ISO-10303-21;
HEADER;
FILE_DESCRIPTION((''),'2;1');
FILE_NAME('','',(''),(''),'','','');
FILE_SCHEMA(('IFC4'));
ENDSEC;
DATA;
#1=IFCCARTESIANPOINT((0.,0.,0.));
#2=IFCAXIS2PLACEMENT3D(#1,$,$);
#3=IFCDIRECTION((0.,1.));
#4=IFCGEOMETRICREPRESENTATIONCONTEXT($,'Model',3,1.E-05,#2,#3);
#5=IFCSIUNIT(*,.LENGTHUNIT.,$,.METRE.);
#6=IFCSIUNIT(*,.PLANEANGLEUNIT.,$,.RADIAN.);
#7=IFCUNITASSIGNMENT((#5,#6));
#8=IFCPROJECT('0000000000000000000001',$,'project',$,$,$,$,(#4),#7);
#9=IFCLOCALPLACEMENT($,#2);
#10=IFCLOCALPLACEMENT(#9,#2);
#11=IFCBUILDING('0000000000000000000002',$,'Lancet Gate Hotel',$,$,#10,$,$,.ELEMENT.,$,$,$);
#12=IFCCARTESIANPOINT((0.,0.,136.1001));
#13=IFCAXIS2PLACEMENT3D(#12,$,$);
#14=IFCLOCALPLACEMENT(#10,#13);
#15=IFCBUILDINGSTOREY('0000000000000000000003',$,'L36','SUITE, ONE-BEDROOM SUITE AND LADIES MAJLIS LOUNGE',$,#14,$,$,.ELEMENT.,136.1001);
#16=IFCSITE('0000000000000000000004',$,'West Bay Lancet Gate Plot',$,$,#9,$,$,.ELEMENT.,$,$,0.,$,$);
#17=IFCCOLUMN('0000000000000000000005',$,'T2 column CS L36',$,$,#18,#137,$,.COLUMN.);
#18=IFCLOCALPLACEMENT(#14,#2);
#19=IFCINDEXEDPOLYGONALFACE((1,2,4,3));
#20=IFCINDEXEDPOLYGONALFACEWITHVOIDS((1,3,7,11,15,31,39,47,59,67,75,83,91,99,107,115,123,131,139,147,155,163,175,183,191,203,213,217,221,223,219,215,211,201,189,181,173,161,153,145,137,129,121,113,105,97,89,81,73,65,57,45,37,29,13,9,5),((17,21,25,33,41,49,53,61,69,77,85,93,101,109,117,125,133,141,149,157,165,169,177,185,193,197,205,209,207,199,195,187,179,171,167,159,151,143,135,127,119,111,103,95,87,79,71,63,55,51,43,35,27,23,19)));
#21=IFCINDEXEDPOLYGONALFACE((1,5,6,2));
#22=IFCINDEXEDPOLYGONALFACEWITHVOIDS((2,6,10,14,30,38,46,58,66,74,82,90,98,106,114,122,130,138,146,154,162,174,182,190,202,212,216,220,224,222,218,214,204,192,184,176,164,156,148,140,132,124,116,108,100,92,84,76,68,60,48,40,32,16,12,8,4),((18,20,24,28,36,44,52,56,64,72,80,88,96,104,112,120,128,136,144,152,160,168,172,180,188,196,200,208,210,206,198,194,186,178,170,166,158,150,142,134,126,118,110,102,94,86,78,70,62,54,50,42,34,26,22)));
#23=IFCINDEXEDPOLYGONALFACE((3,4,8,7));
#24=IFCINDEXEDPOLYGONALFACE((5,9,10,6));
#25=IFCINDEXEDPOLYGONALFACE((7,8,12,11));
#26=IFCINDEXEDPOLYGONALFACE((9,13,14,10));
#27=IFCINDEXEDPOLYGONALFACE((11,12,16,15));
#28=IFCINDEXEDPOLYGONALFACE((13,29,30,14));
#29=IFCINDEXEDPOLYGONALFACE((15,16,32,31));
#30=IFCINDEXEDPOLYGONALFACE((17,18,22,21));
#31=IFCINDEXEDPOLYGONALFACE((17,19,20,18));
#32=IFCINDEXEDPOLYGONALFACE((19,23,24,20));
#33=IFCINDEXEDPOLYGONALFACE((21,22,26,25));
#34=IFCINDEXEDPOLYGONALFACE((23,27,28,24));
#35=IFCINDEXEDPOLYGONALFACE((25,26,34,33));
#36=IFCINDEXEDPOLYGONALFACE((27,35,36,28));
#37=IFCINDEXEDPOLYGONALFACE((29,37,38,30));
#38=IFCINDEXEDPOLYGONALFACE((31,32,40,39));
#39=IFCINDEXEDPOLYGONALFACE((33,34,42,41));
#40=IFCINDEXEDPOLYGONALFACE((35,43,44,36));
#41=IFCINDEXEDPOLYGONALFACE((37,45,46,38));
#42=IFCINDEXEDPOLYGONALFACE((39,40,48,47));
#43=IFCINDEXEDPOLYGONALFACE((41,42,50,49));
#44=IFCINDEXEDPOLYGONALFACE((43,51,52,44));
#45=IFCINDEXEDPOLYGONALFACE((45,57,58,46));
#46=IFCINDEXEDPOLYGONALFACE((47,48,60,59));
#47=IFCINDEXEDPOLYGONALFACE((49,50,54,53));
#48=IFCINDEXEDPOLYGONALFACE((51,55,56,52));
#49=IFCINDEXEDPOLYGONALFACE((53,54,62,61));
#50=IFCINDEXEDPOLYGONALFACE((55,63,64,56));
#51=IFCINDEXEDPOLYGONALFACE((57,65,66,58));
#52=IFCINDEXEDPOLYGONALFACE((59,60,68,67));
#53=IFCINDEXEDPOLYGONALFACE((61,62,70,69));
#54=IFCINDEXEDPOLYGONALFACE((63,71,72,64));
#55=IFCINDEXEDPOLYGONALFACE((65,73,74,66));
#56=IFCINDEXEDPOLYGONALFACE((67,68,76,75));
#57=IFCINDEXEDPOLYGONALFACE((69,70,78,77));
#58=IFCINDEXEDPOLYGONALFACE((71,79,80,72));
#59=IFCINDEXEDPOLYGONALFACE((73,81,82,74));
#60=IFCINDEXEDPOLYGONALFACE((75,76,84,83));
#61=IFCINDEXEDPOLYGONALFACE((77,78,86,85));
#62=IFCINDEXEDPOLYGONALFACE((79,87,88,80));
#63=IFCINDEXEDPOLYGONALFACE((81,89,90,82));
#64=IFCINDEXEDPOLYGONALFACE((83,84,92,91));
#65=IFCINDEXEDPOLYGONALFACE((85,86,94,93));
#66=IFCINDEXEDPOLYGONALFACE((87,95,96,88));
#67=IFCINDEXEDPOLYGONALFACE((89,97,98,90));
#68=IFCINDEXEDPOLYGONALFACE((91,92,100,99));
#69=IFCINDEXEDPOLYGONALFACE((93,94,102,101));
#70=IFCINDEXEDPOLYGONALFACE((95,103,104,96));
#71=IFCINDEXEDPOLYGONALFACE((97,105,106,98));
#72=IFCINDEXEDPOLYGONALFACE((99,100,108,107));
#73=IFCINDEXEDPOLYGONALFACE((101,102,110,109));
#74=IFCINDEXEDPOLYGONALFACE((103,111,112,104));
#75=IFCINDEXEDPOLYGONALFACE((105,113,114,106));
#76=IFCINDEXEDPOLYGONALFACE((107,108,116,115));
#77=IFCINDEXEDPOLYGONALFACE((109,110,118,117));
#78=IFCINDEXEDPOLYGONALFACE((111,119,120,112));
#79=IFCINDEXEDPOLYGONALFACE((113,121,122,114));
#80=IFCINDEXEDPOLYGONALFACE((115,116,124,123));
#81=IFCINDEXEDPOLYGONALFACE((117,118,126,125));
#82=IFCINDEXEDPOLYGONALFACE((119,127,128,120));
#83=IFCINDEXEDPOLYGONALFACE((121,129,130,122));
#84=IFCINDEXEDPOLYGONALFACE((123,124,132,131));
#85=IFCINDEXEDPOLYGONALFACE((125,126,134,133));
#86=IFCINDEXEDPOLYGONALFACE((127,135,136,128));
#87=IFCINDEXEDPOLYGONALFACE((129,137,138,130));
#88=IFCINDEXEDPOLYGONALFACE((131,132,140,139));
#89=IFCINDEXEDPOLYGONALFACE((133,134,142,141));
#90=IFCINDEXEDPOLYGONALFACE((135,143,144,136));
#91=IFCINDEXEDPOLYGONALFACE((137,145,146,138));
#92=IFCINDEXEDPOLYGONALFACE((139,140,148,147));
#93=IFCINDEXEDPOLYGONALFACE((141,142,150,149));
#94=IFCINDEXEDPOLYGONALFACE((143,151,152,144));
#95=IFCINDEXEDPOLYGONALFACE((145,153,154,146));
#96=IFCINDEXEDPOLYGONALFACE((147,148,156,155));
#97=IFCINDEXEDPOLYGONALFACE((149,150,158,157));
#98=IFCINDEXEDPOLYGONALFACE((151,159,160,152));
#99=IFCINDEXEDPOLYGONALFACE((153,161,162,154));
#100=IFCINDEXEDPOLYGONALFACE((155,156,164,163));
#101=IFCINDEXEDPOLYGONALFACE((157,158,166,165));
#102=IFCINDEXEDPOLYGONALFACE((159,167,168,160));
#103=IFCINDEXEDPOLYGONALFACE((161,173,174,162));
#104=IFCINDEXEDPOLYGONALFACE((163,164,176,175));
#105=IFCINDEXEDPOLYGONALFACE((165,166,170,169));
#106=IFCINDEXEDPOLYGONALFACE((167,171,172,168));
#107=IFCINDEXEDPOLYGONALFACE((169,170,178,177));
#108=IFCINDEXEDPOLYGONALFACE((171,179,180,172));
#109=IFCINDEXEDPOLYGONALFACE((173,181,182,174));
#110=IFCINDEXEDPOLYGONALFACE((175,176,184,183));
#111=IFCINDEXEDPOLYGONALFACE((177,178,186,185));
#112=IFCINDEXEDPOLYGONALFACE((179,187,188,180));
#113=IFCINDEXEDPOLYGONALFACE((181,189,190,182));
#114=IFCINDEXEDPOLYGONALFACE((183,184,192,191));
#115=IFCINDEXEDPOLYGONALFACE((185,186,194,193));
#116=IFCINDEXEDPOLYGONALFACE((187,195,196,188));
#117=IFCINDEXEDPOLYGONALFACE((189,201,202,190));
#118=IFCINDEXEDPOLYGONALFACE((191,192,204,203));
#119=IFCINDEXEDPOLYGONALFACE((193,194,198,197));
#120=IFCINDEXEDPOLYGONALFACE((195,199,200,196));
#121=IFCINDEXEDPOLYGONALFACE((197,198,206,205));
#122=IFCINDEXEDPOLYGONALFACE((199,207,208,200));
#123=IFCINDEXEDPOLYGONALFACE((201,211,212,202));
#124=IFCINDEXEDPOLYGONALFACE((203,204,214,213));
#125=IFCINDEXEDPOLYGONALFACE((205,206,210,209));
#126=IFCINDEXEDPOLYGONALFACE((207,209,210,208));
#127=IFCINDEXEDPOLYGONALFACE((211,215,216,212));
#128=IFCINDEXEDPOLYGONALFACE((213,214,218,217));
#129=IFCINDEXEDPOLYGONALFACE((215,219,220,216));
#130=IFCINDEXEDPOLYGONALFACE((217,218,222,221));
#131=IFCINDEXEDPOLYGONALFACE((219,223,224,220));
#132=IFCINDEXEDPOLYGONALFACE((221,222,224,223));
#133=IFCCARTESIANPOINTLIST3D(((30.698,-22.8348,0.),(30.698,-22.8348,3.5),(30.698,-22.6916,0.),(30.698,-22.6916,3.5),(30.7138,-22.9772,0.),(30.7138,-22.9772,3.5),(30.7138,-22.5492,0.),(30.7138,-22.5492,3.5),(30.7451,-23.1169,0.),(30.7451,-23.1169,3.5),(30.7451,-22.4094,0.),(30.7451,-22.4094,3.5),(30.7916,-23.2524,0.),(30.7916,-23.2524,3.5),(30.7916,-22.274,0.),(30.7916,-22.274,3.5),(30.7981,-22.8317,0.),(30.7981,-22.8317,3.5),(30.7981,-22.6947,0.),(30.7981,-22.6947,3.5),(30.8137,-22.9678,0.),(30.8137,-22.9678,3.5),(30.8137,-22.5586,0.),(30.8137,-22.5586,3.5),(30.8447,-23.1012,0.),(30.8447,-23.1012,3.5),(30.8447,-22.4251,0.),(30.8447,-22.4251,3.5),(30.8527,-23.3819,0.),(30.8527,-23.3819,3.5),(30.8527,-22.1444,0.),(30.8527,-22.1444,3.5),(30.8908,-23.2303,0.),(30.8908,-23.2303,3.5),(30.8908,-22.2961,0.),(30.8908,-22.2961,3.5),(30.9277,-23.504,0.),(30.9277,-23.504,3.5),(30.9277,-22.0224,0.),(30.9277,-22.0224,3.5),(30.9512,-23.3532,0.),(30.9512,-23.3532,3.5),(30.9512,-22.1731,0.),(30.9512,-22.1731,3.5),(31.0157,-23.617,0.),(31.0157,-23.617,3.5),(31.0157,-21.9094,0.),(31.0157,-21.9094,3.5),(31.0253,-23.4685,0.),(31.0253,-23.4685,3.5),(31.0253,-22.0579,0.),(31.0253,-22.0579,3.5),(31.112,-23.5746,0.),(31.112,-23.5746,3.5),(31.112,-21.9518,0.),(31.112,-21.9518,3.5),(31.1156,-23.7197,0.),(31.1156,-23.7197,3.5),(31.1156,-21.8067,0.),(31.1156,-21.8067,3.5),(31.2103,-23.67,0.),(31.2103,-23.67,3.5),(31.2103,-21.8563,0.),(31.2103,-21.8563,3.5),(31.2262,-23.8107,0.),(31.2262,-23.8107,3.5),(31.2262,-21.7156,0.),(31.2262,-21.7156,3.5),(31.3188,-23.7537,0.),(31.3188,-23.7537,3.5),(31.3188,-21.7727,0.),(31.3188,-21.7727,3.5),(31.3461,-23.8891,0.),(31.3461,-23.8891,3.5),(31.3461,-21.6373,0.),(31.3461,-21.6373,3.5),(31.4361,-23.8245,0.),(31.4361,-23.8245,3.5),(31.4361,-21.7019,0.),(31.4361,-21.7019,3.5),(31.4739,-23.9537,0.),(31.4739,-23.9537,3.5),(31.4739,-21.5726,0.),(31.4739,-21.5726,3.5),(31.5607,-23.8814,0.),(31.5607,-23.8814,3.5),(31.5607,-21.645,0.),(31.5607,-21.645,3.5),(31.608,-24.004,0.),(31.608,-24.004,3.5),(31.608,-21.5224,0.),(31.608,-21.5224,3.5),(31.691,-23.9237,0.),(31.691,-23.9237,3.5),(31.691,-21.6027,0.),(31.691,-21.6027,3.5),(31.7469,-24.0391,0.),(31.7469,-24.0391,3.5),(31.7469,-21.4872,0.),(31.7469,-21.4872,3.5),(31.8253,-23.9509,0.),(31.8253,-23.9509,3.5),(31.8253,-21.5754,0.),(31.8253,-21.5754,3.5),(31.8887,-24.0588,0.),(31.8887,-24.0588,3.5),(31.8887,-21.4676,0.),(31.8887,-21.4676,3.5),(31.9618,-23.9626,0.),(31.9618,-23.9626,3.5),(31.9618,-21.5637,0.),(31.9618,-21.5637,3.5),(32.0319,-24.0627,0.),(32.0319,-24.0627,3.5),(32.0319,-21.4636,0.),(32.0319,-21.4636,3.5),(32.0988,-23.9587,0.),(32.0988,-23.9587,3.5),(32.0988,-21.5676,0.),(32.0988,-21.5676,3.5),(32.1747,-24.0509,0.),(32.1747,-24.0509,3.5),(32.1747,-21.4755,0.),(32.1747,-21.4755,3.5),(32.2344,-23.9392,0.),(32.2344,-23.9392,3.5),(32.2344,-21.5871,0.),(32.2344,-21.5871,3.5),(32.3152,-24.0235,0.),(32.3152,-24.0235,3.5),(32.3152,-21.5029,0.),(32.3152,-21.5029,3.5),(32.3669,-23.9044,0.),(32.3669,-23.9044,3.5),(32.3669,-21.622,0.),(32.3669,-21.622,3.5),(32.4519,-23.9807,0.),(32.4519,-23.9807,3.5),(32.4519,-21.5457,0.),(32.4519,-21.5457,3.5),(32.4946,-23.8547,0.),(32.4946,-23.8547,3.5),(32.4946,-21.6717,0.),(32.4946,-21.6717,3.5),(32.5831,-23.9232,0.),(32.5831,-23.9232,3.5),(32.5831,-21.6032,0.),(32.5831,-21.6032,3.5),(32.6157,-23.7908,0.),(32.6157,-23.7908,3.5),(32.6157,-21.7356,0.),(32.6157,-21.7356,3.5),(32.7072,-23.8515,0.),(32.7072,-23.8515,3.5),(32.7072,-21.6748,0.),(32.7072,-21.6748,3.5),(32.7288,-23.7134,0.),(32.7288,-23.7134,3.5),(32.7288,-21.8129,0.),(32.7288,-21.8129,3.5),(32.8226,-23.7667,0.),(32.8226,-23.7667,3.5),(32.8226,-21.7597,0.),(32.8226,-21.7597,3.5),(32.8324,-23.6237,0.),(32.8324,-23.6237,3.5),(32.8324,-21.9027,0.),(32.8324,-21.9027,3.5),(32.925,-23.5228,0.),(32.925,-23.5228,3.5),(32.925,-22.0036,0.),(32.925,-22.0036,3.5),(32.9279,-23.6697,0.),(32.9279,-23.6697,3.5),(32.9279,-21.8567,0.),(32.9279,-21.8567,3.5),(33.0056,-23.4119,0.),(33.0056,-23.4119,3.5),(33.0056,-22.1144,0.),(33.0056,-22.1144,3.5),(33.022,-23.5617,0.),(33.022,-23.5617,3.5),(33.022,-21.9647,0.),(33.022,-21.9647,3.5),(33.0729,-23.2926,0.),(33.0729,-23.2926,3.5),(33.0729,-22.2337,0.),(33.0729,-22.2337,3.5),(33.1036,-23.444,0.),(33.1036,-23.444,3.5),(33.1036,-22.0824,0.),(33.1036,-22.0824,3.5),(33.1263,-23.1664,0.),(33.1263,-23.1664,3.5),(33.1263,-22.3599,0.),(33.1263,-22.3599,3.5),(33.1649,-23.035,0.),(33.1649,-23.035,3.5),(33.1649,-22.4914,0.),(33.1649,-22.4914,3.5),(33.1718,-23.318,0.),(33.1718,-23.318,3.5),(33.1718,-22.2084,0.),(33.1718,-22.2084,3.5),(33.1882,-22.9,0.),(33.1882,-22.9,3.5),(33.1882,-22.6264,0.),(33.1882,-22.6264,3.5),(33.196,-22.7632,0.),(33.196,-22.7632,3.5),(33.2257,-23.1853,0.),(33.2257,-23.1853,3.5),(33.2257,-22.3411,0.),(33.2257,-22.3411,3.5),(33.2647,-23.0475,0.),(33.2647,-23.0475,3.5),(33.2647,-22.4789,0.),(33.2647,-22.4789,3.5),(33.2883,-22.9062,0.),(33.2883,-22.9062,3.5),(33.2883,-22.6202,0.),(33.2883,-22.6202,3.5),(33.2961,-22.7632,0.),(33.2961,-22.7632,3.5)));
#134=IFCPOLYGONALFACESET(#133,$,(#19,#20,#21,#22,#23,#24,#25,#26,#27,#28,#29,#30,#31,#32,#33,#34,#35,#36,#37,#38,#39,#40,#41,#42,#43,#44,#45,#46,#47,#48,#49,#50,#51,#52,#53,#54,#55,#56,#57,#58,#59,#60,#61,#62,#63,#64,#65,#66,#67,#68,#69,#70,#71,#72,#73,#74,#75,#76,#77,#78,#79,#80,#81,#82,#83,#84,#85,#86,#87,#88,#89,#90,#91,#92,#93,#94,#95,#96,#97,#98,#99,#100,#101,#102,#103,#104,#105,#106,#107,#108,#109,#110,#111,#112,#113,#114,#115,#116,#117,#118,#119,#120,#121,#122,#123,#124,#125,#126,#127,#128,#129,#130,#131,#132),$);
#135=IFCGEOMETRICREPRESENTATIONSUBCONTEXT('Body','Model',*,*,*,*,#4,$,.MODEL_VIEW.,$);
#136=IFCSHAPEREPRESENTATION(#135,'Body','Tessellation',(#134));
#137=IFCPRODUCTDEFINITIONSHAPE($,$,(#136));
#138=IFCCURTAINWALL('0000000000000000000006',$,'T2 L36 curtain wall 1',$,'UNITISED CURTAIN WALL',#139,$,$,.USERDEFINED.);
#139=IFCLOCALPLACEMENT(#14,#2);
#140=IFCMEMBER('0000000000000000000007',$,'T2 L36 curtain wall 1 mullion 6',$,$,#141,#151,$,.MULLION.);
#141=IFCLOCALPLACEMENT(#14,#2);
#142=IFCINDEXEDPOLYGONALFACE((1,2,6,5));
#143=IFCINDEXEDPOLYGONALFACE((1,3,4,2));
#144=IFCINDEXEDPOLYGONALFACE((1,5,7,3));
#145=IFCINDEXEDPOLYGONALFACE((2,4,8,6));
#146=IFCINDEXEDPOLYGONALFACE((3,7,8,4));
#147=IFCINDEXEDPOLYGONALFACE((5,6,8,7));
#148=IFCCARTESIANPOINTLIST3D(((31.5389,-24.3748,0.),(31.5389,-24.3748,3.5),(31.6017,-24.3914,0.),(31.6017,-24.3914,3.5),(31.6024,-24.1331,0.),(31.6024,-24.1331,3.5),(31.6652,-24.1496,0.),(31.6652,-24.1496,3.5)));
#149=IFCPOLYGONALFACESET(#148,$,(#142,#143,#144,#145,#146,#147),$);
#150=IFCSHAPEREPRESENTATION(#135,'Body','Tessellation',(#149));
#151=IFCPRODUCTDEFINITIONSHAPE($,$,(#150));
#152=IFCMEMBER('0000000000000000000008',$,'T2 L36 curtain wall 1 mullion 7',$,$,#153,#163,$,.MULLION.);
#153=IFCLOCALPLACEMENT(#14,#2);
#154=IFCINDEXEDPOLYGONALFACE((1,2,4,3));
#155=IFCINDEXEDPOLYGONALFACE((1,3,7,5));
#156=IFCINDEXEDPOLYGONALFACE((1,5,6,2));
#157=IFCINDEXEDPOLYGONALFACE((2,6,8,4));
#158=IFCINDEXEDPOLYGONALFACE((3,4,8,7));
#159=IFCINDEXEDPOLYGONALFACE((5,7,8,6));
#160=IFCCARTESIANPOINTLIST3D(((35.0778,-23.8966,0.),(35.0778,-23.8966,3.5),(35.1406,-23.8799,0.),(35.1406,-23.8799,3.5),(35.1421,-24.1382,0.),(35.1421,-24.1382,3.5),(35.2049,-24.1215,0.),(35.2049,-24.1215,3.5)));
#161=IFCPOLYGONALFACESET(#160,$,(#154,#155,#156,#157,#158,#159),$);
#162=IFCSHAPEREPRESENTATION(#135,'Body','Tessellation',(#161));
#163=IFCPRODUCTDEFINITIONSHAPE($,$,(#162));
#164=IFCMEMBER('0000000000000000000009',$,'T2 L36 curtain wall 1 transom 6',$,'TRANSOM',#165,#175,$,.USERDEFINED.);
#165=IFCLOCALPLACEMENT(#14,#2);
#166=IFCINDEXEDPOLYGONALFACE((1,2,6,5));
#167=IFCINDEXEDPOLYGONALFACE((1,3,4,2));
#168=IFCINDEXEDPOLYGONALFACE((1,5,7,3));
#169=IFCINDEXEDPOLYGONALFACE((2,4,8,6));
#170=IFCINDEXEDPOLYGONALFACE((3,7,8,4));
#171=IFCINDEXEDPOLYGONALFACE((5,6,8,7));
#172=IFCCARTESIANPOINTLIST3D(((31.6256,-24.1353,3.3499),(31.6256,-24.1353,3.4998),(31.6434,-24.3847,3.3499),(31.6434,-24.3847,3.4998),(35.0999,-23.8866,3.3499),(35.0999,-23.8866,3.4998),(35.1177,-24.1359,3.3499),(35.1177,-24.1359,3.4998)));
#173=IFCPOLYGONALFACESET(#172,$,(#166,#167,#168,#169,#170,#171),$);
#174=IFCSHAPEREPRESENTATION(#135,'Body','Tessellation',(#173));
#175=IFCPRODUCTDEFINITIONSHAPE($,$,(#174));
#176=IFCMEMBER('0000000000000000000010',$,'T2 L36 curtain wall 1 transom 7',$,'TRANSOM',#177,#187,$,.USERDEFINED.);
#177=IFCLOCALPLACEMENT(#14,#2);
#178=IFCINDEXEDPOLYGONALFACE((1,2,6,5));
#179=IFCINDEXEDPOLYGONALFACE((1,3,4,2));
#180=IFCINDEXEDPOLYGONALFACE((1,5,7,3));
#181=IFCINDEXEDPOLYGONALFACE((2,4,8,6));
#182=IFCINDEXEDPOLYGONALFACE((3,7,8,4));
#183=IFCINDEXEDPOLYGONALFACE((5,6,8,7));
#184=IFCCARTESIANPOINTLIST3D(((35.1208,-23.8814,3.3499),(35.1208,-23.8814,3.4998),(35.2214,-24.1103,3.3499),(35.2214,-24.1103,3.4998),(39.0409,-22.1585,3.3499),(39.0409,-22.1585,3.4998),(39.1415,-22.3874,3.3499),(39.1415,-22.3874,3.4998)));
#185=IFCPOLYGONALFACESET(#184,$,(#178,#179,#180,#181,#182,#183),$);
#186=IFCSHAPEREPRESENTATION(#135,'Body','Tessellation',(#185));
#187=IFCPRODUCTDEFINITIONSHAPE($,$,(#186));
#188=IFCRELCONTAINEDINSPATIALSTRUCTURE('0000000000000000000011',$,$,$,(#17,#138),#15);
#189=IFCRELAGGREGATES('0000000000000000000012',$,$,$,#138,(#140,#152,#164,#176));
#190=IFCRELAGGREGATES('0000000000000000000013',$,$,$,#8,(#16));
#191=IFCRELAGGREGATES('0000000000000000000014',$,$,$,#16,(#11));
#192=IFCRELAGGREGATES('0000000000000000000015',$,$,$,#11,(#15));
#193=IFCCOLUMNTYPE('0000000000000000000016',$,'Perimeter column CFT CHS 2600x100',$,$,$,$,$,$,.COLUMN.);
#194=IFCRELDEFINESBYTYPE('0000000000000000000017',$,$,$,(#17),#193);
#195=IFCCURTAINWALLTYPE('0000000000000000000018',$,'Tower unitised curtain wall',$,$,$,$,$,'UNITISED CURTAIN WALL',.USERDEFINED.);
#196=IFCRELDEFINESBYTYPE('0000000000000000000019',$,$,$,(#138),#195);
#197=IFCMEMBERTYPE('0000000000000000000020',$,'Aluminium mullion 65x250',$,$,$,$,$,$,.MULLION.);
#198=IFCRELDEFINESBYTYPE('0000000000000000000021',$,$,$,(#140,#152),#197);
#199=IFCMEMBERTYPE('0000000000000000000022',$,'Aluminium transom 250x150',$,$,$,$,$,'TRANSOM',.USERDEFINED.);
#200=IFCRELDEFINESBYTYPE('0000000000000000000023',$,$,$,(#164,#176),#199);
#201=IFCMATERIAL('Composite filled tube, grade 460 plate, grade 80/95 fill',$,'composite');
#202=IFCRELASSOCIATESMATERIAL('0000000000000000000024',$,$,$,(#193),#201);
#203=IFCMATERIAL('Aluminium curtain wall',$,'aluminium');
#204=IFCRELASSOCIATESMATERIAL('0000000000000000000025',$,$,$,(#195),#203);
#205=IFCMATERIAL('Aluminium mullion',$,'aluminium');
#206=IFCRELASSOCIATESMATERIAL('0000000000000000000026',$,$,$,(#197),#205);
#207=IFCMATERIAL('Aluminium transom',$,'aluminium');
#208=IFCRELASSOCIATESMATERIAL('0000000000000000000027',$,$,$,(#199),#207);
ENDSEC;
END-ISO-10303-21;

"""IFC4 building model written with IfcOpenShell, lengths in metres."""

from ifc_helpers import new_model, si_unit, direction, frame, origin, origin_2d, place, context, subcontext, project, spatial, rectangle, hollow_circle, extrude, material, material_profile, profile_set, type_object, element, aggregate, save


model = new_model("IFC4")

# Units and contexts
model_context = context("Model", 3, precision=1e-05, world=origin(), true_north=direction((0.0, 1.0)))
body_context = subcontext(model_context, "Body", "Model", "MODEL_VIEW")
ifc_project = project(units=[si_unit("LENGTHUNIT", "METRE"), si_unit("PLANEANGLEUNIT", "RADIAN")], contexts=[model_context])

# Site, building, storey
site_placement = place(None, origin())
site = spatial("IfcSite", under=ifc_project, at=site_placement, Name="West Bay Lancet Gate Plot", CompositionType="ELEMENT", RefElevation=0.0)
building_placement = place(site_placement, origin())
building = spatial("IfcBuilding", under=site, at=building_placement, Name="Lancet Gate Hotel", CompositionType="ELEMENT")
storey_placement = place(building_placement, frame((0.0, 0.0, 136.1001)))
storey = spatial("IfcBuildingStorey", under=building, at=storey_placement, Name="L36", Description="SUITE, ONE-BEDROOM SUITE AND LADIES MAJLIS LOUNGE", CompositionType="ELEMENT", Elevation=136.1001)

# Column
ifc_material_1 = material(Name="Composite filled tube, grade 460 plate, grade 80/95 fill", Category="composite")
ifc_material_profile_1 = material_profile(ifc_material_1, hollow_circle(Radius=1.3, WallThickness=0.1001, at=origin_2d()), Name="CHS 2600x100")
ifc_profile_set_1 = profile_set([ifc_material_profile_1], Name="Composite filled tube, grade 460 plate, grade 80/95 fill")
column_type = type_object("IfcColumnType", Name="Perimeter column CFT CHS 2600x100", PredefinedType="COLUMN", material=ifc_profile_set_1)
column_placement = place(storey_placement, frame((31.9961, -22.7632, 0.0), z_axis=(0.0, 0.0, 1.0), x_axis=(1.0, 0.0, 0.0)))
element("IfcColumn", 1, at=column_placement, inside=storey, type_object=column_type, Name="T2 column CS L36", PredefinedType="COLUMN", context=body_context, shape_type="SweptSolid", body=[
    extrude(hollow_circle(Radius=1.3, WallThickness=0.1001, at=origin_2d()), origin(), (0.0, 0.0, 1.0), 3.5),
])

# Curtain wall, members
ifc_material_2 = material(Name="Aluminium curtain wall", Category="aluminium")
curtain_wall_type = type_object("IfcCurtainWallType", Name="Tower unitised curtain wall", ElementType="UNITISED CURTAIN WALL", PredefinedType="USERDEFINED", material=ifc_material_2)
curtain_wall_placement = place(storey_placement, origin())
curtain_wall = element("IfcCurtainWall", 2, at=curtain_wall_placement, inside=storey, type_object=curtain_wall_type, Name="T2 L36 curtain wall 1", ObjectType="UNITISED CURTAIN WALL", PredefinedType="USERDEFINED")
ifc_material_3 = material(Name="Aluminium mullion", Category="aluminium")
ifc_material_profile_2 = material_profile(ifc_material_3, rectangle(XDim=0.0649, YDim=0.25, at=origin_2d()), Name="MULLION 65x250")
ifc_profile_set_2 = profile_set([ifc_material_profile_2], Name="Aluminium mullion")
member_type_1 = type_object("IfcMemberType", Name="Aluminium mullion 65x250", PredefinedType="MULLION", material=ifc_profile_set_2)
member_1_placement = place(storey_placement, frame((31.6021, -24.2622, 0.0), z_axis=(0.0, 0.0, 1.0), x_axis=(0.967157, -0.254179, 0.0)))
member_1 = element("IfcMember", 3, at=member_1_placement, type_object=member_type_1, Name="T2 L36 curtain wall 1 mullion 6", PredefinedType="MULLION", context=body_context, shape_type="SweptSolid", body=[
    extrude(rectangle(XDim=0.0649, YDim=0.25, at=origin_2d()), origin(), (0.0, 0.0, 1.0), 3.5),
])
member_2_placement = place(storey_placement, frame((35.1414, -24.009, 0.0), z_axis=(0.0, 0.0, 1.0), x_axis=(0.966317, 0.257353, 0.0)))
member_2 = element("IfcMember", 4, at=member_2_placement, type_object=member_type_1, Name="T2 L36 curtain wall 1 mullion 7", PredefinedType="MULLION", context=body_context, shape_type="SweptSolid", body=[
    extrude(rectangle(XDim=0.0649, YDim=0.25, at=origin_2d()), origin(), (0.0, 0.0, 1.0), 3.5),
])
ifc_material_4 = material(Name="Aluminium transom", Category="aluminium")
ifc_material_profile_3 = material_profile(ifc_material_4, rectangle(XDim=0.25, YDim=0.1499, at=origin_2d()), Name="TRANSOM 250x150")
ifc_profile_set_3 = profile_set([ifc_material_profile_3], Name="Aluminium transom")
member_type_2 = type_object("IfcMemberType", Name="Aluminium transom 250x150", ElementType="TRANSOM", PredefinedType="USERDEFINED", material=ifc_profile_set_3)
member_3_placement = place(storey_placement, frame((31.6345, -24.26, 3.4248), z_axis=(0.997446, 0.071421, 0.0), x_axis=(-0.071421, 0.997446, 0.0)))
member_3 = element("IfcMember", 5, at=member_3_placement, type_object=member_type_2, Name="T2 L36 curtain wall 1 transom 6", ObjectType="TRANSOM", PredefinedType="USERDEFINED", context=body_context, shape_type="SweptSolid", body=[
    extrude(rectangle(XDim=0.25, YDim=0.1499, at=origin_2d()), origin(), (0.0, 0.0, 1.0), 3.4832),
])
member_4_placement = place(storey_placement, frame((35.1711, -23.9958, 3.4248), z_axis=(0.915485, 0.402353, 0.0), x_axis=(-0.402353, 0.915485, 0.0)))
member_4 = element("IfcMember", 6, at=member_4_placement, type_object=member_type_2, Name="T2 L36 curtain wall 1 transom 7", ObjectType="TRANSOM", PredefinedType="USERDEFINED", context=body_context, shape_type="SweptSolid", body=[
    extrude(rectangle(XDim=0.25, YDim=0.1499, at=origin_2d()), origin(), (0.0, 0.0, 1.0), 4.282),
])

aggregate(curtain_wall, [member_1, member_2, member_3, member_4])

save(model, "model.ifc")
